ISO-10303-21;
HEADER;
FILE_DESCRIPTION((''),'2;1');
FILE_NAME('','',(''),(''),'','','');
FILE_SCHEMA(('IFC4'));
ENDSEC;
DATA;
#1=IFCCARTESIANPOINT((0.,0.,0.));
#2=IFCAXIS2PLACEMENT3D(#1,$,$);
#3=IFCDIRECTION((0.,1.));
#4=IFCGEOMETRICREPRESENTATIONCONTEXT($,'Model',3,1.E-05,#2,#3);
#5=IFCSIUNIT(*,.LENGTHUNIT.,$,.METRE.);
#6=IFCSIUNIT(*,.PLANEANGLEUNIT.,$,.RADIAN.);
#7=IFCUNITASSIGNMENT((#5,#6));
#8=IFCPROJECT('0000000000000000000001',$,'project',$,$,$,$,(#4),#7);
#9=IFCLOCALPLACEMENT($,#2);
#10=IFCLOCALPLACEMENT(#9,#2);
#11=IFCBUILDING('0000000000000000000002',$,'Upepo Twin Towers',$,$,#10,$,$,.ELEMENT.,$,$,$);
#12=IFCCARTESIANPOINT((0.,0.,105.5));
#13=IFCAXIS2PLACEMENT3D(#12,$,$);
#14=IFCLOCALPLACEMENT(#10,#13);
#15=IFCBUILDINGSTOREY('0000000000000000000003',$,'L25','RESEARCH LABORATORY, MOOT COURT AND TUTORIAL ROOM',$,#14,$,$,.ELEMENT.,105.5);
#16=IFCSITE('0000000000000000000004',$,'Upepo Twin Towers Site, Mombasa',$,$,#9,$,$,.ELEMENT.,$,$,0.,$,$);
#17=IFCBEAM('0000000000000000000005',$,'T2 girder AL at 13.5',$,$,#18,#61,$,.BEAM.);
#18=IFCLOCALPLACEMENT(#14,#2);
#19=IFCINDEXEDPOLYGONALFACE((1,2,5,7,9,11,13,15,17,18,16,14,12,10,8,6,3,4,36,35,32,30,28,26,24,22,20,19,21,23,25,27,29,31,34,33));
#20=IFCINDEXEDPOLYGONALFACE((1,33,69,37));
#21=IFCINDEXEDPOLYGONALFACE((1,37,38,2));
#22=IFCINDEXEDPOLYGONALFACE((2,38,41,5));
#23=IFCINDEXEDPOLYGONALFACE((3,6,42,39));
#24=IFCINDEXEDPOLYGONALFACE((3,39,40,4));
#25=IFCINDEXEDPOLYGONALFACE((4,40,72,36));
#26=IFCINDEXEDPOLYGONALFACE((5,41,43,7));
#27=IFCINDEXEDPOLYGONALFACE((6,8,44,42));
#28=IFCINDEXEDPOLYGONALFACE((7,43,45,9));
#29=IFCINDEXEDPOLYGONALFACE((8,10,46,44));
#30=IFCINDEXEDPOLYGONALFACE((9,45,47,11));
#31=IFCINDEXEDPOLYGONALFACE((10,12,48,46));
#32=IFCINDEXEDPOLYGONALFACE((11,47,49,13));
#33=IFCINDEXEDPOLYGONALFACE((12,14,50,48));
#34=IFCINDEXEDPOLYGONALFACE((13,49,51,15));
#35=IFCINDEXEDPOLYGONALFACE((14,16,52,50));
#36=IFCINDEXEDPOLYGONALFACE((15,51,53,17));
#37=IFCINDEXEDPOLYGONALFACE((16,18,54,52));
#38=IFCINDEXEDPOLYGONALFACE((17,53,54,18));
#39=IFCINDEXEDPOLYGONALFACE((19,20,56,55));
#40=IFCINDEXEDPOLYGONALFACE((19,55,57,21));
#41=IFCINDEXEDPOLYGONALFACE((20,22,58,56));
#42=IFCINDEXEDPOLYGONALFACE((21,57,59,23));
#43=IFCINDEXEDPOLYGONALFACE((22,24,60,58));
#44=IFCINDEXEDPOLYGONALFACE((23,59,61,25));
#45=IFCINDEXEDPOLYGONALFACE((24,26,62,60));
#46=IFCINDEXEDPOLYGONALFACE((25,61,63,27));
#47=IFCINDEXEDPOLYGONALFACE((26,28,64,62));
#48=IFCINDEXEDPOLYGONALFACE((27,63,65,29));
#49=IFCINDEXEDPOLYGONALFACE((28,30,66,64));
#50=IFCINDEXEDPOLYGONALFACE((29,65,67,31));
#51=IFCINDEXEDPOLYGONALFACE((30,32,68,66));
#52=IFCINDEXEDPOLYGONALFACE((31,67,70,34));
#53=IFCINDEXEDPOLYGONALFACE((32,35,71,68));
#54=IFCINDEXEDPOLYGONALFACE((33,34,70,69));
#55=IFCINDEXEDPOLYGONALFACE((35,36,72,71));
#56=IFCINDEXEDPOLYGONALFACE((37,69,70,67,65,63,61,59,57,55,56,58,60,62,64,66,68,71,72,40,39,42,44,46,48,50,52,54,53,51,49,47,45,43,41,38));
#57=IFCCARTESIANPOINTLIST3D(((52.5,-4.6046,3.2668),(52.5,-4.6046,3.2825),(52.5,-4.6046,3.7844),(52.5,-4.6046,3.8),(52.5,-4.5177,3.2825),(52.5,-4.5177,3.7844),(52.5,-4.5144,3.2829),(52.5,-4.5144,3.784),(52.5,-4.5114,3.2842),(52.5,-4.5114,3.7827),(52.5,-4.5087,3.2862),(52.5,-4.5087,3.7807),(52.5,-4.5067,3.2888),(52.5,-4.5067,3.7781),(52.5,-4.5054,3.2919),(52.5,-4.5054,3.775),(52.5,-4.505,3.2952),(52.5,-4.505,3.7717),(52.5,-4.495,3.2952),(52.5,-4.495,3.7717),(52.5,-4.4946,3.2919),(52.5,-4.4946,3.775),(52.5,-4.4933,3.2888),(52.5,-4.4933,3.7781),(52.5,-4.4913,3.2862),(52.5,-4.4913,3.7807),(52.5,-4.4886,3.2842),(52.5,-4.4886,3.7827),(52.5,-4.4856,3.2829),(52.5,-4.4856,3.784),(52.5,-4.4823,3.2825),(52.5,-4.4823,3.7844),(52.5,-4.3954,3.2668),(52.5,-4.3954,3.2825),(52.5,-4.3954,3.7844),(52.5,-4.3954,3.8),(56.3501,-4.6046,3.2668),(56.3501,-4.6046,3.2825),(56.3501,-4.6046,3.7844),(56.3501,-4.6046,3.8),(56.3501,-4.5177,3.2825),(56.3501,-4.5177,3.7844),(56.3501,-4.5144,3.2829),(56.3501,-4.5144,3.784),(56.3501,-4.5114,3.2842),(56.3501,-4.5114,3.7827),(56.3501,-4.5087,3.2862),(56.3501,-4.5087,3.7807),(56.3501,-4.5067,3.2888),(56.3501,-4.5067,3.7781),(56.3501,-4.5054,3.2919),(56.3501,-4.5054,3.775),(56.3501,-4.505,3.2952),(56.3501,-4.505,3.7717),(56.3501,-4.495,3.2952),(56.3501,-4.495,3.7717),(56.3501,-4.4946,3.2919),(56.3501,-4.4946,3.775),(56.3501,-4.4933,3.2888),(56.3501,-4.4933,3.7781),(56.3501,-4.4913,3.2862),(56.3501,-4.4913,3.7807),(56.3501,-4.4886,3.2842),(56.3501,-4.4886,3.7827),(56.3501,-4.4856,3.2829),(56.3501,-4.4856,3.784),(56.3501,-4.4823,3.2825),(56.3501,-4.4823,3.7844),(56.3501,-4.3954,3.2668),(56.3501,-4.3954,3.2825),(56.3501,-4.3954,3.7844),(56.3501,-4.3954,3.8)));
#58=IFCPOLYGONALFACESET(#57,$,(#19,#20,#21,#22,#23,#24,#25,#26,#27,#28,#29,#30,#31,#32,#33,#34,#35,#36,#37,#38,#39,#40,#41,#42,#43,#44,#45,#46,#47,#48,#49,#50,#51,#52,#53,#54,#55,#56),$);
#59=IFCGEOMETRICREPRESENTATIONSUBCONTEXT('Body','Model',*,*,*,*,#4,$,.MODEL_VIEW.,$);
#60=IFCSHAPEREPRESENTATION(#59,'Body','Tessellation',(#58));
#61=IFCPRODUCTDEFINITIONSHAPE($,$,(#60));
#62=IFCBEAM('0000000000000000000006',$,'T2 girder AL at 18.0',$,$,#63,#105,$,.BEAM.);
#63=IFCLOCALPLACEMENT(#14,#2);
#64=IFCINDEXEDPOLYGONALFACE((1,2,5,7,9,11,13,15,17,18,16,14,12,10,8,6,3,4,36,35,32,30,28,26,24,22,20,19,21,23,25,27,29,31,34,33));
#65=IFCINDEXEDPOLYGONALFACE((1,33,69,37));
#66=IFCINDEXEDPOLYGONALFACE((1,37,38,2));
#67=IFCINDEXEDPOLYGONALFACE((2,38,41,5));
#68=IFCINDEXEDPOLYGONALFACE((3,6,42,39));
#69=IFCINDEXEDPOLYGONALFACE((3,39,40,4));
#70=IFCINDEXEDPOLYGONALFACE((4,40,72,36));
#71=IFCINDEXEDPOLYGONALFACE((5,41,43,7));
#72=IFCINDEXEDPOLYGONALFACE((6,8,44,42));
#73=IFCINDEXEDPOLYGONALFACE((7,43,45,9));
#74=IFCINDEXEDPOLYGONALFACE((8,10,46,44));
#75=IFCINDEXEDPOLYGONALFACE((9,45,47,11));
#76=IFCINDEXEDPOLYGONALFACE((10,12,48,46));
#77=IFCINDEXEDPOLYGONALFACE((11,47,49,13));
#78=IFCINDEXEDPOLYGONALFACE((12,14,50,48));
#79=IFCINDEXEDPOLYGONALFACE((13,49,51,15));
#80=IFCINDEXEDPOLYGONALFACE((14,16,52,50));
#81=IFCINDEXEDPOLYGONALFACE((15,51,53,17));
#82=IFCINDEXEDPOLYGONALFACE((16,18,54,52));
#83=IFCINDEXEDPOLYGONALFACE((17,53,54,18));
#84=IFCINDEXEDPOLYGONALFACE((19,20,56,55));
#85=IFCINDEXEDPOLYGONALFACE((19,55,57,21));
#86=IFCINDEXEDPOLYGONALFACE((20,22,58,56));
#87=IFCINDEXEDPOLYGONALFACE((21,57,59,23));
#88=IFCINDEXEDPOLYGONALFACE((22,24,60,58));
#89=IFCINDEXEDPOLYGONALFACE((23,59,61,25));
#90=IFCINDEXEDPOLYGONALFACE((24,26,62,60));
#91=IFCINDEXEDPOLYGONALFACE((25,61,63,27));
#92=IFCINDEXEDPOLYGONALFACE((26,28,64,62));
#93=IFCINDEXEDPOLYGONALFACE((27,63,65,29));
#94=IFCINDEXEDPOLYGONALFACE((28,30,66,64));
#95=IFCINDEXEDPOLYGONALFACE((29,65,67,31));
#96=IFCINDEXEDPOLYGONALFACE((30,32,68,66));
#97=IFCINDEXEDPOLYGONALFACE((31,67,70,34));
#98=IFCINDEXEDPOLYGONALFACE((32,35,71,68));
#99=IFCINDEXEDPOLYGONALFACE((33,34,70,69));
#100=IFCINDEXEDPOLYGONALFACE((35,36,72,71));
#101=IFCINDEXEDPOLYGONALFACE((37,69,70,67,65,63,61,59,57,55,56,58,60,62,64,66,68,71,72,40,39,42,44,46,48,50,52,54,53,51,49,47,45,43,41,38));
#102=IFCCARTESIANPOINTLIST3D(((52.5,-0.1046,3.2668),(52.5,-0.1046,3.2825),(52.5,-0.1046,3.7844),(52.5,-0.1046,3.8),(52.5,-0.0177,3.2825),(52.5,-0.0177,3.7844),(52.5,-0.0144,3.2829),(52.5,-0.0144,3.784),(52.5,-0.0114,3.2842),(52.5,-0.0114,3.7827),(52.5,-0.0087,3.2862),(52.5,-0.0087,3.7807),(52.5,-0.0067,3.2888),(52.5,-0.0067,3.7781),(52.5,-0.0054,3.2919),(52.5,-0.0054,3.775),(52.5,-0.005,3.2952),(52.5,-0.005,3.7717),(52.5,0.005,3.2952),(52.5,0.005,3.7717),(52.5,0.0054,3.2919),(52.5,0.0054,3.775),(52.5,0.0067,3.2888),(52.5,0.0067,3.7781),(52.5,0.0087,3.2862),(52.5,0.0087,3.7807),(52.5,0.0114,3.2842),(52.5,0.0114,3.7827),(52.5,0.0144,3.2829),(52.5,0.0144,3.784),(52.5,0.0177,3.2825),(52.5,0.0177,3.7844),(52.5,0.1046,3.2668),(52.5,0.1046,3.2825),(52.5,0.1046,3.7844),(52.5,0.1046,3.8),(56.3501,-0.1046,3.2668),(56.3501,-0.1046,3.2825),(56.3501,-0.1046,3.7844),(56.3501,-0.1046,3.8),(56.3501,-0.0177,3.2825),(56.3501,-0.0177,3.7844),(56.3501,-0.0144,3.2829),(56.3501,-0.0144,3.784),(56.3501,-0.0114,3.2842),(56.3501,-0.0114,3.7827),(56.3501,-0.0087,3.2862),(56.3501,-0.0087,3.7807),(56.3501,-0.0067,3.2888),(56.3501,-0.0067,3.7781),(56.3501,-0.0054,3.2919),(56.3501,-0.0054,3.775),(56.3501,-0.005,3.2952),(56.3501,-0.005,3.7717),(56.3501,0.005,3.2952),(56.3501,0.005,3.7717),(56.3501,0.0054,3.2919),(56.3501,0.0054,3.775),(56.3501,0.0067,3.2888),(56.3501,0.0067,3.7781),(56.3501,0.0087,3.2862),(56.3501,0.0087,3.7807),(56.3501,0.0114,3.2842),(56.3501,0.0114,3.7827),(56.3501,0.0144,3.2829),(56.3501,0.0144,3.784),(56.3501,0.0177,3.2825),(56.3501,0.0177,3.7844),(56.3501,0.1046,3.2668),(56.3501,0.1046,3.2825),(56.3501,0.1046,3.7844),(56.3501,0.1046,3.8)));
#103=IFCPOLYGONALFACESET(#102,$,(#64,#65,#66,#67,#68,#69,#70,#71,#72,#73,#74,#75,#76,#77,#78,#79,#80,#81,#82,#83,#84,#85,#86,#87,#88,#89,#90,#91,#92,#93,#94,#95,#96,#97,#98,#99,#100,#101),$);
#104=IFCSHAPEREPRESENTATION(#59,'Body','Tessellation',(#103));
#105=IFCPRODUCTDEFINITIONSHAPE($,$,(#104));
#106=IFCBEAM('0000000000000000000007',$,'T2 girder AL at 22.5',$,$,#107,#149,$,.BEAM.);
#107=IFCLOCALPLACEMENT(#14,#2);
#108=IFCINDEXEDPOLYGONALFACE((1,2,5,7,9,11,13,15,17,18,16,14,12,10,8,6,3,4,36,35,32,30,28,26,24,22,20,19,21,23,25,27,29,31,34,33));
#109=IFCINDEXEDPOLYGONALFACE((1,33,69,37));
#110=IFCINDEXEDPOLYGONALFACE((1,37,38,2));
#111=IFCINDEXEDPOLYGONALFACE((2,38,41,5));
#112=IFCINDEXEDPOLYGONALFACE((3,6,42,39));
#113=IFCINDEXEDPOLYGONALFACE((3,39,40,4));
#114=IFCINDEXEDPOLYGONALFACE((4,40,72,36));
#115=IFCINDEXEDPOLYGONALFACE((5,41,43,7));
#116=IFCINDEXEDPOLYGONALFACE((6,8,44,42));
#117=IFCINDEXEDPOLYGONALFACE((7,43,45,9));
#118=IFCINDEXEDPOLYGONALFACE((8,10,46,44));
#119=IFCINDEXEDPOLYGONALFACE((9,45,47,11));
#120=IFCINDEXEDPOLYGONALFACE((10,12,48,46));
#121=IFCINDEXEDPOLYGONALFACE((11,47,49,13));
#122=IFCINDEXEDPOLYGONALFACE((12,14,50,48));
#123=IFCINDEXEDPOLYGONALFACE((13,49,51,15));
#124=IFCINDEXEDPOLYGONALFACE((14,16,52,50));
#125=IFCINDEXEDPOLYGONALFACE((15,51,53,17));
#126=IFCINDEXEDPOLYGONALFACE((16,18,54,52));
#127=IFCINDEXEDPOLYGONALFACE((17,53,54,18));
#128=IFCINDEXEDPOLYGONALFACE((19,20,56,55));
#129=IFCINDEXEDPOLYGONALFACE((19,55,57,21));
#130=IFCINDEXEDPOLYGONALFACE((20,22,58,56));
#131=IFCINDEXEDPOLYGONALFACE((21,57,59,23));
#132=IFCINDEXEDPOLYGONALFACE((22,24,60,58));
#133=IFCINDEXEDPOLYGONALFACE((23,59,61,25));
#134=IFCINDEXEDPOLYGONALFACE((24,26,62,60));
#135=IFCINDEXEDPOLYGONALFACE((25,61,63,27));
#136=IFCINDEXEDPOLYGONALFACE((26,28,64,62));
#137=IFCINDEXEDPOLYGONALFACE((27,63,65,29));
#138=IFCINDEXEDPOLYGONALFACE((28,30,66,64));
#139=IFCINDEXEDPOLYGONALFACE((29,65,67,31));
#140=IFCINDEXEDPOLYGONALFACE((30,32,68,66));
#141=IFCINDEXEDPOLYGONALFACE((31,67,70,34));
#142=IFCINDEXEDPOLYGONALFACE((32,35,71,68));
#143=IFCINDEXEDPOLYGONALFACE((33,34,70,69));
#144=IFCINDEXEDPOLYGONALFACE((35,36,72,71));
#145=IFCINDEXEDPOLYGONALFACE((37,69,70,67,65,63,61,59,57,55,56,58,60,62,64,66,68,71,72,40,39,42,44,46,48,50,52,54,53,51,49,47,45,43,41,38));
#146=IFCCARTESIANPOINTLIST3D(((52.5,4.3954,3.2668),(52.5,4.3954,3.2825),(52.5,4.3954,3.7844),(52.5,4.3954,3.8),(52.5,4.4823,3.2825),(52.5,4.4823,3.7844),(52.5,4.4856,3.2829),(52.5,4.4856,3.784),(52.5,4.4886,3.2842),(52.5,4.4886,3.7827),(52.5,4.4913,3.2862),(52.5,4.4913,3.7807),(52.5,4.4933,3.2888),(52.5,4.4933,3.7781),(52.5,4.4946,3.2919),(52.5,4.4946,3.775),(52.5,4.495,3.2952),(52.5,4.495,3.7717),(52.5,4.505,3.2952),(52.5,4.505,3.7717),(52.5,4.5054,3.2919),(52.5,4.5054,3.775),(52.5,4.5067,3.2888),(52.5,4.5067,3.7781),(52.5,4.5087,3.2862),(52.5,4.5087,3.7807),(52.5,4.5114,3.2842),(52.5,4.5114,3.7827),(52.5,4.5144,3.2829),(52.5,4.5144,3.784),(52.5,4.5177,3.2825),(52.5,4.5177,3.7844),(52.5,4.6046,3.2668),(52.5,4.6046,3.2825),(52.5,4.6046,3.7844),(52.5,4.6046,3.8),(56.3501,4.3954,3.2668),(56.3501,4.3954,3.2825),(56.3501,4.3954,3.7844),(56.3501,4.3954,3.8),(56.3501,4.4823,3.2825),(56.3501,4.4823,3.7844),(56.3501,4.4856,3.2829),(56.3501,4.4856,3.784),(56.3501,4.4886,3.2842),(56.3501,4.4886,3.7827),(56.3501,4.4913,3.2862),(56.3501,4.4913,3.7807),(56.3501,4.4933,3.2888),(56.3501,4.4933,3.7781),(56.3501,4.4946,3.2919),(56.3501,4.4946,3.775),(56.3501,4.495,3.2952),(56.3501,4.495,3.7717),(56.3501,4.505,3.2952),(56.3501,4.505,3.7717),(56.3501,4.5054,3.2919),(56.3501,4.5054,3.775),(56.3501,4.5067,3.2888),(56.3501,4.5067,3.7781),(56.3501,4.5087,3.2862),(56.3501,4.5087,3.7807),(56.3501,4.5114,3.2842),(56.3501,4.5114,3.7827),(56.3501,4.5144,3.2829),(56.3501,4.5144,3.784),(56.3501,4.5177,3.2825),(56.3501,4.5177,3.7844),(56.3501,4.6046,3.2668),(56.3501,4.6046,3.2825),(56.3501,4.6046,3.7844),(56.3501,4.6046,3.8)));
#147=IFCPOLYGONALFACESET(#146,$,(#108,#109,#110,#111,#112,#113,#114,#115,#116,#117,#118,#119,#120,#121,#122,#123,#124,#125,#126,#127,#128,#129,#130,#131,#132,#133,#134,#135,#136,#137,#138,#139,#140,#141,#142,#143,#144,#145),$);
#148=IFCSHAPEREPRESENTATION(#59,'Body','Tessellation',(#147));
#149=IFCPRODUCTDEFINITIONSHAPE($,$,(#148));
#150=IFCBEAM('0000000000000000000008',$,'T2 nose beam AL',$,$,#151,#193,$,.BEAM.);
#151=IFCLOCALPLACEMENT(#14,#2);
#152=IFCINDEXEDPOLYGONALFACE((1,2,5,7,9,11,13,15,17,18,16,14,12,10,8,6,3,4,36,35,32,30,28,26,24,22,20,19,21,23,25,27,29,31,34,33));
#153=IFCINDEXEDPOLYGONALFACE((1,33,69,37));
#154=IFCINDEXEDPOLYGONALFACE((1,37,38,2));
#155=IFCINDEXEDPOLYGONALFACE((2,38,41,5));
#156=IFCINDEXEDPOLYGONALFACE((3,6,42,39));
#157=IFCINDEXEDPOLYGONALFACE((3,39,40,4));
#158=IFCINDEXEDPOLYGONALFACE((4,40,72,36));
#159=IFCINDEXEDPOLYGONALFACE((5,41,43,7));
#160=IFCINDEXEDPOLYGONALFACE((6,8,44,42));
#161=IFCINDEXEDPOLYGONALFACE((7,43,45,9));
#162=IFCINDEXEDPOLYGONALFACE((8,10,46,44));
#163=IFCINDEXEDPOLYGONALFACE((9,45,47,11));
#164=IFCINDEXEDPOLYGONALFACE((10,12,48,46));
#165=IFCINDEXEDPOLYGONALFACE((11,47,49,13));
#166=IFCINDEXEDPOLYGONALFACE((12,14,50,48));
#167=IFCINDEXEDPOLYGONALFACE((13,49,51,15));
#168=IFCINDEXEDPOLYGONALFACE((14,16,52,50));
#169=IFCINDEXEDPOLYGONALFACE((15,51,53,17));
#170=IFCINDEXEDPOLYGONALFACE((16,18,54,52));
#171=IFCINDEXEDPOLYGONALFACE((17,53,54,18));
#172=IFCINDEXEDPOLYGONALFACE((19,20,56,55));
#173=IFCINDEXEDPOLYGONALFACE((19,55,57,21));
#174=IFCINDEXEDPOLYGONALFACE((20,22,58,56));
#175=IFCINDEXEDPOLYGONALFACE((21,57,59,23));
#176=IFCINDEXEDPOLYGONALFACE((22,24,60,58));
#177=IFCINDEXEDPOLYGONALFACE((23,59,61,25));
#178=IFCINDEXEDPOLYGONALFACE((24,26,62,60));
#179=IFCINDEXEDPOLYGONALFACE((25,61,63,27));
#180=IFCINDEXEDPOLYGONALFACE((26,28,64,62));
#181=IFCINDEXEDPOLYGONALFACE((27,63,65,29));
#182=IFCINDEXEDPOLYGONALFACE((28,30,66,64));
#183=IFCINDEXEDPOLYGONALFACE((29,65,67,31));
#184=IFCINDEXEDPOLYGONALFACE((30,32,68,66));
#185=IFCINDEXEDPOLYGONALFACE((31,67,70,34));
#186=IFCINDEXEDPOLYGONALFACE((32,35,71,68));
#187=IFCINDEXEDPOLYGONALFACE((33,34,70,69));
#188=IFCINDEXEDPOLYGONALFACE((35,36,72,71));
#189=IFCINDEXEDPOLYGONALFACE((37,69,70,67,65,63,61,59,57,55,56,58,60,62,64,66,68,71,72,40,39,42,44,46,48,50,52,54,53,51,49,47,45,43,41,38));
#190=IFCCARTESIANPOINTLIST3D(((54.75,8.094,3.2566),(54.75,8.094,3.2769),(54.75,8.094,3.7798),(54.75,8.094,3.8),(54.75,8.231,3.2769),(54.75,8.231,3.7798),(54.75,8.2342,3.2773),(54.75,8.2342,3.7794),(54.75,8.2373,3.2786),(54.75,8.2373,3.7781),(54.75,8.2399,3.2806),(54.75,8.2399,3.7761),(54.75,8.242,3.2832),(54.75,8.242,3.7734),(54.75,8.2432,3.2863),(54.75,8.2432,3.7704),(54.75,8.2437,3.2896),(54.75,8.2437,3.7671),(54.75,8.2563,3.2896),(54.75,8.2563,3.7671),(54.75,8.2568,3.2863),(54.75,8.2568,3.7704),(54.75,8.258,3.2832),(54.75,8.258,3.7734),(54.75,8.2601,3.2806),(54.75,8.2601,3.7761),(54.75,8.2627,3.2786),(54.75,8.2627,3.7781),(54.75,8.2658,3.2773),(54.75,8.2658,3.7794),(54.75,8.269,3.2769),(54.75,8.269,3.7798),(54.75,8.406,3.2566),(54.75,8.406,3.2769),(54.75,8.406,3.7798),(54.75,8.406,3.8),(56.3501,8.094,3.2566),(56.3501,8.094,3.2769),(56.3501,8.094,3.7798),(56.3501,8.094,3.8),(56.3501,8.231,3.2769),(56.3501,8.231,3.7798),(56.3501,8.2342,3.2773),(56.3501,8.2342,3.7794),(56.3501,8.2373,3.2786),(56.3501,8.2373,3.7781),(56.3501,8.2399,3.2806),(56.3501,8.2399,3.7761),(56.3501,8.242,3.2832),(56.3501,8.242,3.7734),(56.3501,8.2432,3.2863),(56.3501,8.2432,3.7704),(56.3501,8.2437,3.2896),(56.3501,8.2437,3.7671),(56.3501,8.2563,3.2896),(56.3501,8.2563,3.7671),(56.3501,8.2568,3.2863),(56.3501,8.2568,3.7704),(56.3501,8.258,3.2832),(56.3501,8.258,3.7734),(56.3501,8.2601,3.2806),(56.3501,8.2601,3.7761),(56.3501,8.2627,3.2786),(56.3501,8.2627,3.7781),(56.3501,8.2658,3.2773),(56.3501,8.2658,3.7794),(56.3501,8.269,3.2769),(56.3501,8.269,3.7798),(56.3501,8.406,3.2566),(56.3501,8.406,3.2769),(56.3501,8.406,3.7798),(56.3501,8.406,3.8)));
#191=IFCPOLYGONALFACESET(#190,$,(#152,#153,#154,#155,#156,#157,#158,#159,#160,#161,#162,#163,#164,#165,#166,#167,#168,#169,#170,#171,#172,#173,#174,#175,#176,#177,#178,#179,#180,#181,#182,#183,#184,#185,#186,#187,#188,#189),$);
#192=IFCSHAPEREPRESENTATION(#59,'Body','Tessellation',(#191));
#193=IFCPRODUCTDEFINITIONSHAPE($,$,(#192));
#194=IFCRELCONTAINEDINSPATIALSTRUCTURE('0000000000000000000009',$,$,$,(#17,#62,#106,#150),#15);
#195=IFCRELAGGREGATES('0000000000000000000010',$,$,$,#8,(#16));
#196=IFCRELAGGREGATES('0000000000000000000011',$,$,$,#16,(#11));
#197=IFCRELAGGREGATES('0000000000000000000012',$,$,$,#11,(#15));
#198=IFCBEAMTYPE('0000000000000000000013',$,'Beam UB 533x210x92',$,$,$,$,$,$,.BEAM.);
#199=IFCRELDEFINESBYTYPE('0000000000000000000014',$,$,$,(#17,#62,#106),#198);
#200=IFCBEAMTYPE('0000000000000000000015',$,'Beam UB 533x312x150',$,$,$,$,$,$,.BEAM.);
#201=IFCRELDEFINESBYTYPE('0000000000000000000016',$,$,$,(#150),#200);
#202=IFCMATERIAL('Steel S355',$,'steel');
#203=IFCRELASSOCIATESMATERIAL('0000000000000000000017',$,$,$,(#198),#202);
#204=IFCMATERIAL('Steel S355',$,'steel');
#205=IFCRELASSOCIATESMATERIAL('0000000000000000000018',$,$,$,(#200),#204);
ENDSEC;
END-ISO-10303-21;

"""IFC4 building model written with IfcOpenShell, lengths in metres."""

from ifc_helpers import new_model, si_unit, direction, frame, origin, origin_2d, place, context, subcontext, project, spatial, i_section, extrude, material, material_profile, profile_set, type_object, element, save


model = new_model("IFC4")

# Units and contexts
model_context = context("Model", 3, precision=1e-05, world=origin(), true_north=direction((0.0, 1.0)))
body_context = subcontext(model_context, "Body", "Model", "MODEL_VIEW")
ifc_project = project(units=[si_unit("LENGTHUNIT", "METRE"), si_unit("PLANEANGLEUNIT", "RADIAN")], contexts=[model_context])

# Site, building, storey
site_placement = place(None, origin())
site = spatial("IfcSite", under=ifc_project, at=site_placement, Name="Upepo Twin Towers Site, Mombasa", CompositionType="ELEMENT", RefElevation=0.0)
building_placement = place(site_placement, origin())
building = spatial("IfcBuilding", under=site, at=building_placement, Name="Upepo Twin Towers", CompositionType="ELEMENT")
storey_placement = place(building_placement, frame((0.0, 0.0, 105.5)))
storey = spatial("IfcBuildingStorey", under=building, at=storey_placement, Name="L25", Description="RESEARCH LABORATORY, MOOT COURT AND TUTORIAL ROOM", CompositionType="ELEMENT", Elevation=105.5)

# Beams
ifc_material_1 = material(Name="Steel S355", Category="steel")
ifc_material_profile_1 = material_profile(ifc_material_1, i_section(OverallWidth=0.2092, OverallDepth=0.5332, WebThickness=0.01, FlangeThickness=0.0156, FilletRadius=0.0127, at=origin_2d()), Name="UB 533x210x92")
ifc_profile_set_1 = profile_set([ifc_material_profile_1], Name="Steel S355")
beam_type_1 = type_object("IfcBeamType", Name="Beam UB 533x210x92", PredefinedType="BEAM", material=ifc_profile_set_1)
for number, where, z_axis, x_axis, name in (
    (1, (52.5, -4.5, 3.5334), (1.0, 0.0, 0.0), (0.0, 1.0, 0.0), "T2 girder AL at 13.5"),
    (2, (52.5, 0.0, 3.5334), (1.0, 0.0, 0.0), (0.0, 1.0, 0.0), "T2 girder AL at 18.0"),
    (3, (52.5, 4.5, 3.5334), (1.0, 0.0, 0.0), (0.0, 1.0, 0.0), "T2 girder AL at 22.5"),
):
    element("IfcBeam", number, at=place(storey_placement, frame(where, z_axis=z_axis, x_axis=x_axis)), inside=storey, type_object=beam_type_1, Name=name, PredefinedType="BEAM", context=body_context, shape_type="SweptSolid", body=[
        extrude(i_section(OverallWidth=0.2092, OverallDepth=0.5332, WebThickness=0.01, FlangeThickness=0.0156, FilletRadius=0.0127, at=origin_2d()), origin(), (0.0, 0.0, 1.0), 3.8501),
    ])
ifc_material_2 = material(Name="Steel S355", Category="steel")
ifc_material_profile_2 = material_profile(ifc_material_2, i_section(OverallWidth=0.312, OverallDepth=0.5435, WebThickness=0.0127, FlangeThickness=0.0203, FilletRadius=0.0127, at=origin_2d()), Name="UB 533x312x150")
ifc_profile_set_2 = profile_set([ifc_material_profile_2], Name="Steel S355")
beam_type_2 = type_object("IfcBeamType", Name="Beam UB 533x312x150", PredefinedType="BEAM", material=ifc_profile_set_2)
beam_1_placement = place(storey_placement, frame((54.75, 8.25, 3.5283), z_axis=(1.0, 0.0, 0.0), x_axis=(0.0, 1.0, 0.0)))
element("IfcBeam", 4, at=beam_1_placement, inside=storey, type_object=beam_type_2, Name="T2 nose beam AL", PredefinedType="BEAM", context=body_context, shape_type="SweptSolid", body=[
    extrude(i_section(OverallWidth=0.312, OverallDepth=0.5435, WebThickness=0.0127, FlangeThickness=0.0203, FilletRadius=0.0127, at=origin_2d()), origin(), (0.0, 0.0, 1.0), 1.6001),
])

save(model, "model.ifc")
